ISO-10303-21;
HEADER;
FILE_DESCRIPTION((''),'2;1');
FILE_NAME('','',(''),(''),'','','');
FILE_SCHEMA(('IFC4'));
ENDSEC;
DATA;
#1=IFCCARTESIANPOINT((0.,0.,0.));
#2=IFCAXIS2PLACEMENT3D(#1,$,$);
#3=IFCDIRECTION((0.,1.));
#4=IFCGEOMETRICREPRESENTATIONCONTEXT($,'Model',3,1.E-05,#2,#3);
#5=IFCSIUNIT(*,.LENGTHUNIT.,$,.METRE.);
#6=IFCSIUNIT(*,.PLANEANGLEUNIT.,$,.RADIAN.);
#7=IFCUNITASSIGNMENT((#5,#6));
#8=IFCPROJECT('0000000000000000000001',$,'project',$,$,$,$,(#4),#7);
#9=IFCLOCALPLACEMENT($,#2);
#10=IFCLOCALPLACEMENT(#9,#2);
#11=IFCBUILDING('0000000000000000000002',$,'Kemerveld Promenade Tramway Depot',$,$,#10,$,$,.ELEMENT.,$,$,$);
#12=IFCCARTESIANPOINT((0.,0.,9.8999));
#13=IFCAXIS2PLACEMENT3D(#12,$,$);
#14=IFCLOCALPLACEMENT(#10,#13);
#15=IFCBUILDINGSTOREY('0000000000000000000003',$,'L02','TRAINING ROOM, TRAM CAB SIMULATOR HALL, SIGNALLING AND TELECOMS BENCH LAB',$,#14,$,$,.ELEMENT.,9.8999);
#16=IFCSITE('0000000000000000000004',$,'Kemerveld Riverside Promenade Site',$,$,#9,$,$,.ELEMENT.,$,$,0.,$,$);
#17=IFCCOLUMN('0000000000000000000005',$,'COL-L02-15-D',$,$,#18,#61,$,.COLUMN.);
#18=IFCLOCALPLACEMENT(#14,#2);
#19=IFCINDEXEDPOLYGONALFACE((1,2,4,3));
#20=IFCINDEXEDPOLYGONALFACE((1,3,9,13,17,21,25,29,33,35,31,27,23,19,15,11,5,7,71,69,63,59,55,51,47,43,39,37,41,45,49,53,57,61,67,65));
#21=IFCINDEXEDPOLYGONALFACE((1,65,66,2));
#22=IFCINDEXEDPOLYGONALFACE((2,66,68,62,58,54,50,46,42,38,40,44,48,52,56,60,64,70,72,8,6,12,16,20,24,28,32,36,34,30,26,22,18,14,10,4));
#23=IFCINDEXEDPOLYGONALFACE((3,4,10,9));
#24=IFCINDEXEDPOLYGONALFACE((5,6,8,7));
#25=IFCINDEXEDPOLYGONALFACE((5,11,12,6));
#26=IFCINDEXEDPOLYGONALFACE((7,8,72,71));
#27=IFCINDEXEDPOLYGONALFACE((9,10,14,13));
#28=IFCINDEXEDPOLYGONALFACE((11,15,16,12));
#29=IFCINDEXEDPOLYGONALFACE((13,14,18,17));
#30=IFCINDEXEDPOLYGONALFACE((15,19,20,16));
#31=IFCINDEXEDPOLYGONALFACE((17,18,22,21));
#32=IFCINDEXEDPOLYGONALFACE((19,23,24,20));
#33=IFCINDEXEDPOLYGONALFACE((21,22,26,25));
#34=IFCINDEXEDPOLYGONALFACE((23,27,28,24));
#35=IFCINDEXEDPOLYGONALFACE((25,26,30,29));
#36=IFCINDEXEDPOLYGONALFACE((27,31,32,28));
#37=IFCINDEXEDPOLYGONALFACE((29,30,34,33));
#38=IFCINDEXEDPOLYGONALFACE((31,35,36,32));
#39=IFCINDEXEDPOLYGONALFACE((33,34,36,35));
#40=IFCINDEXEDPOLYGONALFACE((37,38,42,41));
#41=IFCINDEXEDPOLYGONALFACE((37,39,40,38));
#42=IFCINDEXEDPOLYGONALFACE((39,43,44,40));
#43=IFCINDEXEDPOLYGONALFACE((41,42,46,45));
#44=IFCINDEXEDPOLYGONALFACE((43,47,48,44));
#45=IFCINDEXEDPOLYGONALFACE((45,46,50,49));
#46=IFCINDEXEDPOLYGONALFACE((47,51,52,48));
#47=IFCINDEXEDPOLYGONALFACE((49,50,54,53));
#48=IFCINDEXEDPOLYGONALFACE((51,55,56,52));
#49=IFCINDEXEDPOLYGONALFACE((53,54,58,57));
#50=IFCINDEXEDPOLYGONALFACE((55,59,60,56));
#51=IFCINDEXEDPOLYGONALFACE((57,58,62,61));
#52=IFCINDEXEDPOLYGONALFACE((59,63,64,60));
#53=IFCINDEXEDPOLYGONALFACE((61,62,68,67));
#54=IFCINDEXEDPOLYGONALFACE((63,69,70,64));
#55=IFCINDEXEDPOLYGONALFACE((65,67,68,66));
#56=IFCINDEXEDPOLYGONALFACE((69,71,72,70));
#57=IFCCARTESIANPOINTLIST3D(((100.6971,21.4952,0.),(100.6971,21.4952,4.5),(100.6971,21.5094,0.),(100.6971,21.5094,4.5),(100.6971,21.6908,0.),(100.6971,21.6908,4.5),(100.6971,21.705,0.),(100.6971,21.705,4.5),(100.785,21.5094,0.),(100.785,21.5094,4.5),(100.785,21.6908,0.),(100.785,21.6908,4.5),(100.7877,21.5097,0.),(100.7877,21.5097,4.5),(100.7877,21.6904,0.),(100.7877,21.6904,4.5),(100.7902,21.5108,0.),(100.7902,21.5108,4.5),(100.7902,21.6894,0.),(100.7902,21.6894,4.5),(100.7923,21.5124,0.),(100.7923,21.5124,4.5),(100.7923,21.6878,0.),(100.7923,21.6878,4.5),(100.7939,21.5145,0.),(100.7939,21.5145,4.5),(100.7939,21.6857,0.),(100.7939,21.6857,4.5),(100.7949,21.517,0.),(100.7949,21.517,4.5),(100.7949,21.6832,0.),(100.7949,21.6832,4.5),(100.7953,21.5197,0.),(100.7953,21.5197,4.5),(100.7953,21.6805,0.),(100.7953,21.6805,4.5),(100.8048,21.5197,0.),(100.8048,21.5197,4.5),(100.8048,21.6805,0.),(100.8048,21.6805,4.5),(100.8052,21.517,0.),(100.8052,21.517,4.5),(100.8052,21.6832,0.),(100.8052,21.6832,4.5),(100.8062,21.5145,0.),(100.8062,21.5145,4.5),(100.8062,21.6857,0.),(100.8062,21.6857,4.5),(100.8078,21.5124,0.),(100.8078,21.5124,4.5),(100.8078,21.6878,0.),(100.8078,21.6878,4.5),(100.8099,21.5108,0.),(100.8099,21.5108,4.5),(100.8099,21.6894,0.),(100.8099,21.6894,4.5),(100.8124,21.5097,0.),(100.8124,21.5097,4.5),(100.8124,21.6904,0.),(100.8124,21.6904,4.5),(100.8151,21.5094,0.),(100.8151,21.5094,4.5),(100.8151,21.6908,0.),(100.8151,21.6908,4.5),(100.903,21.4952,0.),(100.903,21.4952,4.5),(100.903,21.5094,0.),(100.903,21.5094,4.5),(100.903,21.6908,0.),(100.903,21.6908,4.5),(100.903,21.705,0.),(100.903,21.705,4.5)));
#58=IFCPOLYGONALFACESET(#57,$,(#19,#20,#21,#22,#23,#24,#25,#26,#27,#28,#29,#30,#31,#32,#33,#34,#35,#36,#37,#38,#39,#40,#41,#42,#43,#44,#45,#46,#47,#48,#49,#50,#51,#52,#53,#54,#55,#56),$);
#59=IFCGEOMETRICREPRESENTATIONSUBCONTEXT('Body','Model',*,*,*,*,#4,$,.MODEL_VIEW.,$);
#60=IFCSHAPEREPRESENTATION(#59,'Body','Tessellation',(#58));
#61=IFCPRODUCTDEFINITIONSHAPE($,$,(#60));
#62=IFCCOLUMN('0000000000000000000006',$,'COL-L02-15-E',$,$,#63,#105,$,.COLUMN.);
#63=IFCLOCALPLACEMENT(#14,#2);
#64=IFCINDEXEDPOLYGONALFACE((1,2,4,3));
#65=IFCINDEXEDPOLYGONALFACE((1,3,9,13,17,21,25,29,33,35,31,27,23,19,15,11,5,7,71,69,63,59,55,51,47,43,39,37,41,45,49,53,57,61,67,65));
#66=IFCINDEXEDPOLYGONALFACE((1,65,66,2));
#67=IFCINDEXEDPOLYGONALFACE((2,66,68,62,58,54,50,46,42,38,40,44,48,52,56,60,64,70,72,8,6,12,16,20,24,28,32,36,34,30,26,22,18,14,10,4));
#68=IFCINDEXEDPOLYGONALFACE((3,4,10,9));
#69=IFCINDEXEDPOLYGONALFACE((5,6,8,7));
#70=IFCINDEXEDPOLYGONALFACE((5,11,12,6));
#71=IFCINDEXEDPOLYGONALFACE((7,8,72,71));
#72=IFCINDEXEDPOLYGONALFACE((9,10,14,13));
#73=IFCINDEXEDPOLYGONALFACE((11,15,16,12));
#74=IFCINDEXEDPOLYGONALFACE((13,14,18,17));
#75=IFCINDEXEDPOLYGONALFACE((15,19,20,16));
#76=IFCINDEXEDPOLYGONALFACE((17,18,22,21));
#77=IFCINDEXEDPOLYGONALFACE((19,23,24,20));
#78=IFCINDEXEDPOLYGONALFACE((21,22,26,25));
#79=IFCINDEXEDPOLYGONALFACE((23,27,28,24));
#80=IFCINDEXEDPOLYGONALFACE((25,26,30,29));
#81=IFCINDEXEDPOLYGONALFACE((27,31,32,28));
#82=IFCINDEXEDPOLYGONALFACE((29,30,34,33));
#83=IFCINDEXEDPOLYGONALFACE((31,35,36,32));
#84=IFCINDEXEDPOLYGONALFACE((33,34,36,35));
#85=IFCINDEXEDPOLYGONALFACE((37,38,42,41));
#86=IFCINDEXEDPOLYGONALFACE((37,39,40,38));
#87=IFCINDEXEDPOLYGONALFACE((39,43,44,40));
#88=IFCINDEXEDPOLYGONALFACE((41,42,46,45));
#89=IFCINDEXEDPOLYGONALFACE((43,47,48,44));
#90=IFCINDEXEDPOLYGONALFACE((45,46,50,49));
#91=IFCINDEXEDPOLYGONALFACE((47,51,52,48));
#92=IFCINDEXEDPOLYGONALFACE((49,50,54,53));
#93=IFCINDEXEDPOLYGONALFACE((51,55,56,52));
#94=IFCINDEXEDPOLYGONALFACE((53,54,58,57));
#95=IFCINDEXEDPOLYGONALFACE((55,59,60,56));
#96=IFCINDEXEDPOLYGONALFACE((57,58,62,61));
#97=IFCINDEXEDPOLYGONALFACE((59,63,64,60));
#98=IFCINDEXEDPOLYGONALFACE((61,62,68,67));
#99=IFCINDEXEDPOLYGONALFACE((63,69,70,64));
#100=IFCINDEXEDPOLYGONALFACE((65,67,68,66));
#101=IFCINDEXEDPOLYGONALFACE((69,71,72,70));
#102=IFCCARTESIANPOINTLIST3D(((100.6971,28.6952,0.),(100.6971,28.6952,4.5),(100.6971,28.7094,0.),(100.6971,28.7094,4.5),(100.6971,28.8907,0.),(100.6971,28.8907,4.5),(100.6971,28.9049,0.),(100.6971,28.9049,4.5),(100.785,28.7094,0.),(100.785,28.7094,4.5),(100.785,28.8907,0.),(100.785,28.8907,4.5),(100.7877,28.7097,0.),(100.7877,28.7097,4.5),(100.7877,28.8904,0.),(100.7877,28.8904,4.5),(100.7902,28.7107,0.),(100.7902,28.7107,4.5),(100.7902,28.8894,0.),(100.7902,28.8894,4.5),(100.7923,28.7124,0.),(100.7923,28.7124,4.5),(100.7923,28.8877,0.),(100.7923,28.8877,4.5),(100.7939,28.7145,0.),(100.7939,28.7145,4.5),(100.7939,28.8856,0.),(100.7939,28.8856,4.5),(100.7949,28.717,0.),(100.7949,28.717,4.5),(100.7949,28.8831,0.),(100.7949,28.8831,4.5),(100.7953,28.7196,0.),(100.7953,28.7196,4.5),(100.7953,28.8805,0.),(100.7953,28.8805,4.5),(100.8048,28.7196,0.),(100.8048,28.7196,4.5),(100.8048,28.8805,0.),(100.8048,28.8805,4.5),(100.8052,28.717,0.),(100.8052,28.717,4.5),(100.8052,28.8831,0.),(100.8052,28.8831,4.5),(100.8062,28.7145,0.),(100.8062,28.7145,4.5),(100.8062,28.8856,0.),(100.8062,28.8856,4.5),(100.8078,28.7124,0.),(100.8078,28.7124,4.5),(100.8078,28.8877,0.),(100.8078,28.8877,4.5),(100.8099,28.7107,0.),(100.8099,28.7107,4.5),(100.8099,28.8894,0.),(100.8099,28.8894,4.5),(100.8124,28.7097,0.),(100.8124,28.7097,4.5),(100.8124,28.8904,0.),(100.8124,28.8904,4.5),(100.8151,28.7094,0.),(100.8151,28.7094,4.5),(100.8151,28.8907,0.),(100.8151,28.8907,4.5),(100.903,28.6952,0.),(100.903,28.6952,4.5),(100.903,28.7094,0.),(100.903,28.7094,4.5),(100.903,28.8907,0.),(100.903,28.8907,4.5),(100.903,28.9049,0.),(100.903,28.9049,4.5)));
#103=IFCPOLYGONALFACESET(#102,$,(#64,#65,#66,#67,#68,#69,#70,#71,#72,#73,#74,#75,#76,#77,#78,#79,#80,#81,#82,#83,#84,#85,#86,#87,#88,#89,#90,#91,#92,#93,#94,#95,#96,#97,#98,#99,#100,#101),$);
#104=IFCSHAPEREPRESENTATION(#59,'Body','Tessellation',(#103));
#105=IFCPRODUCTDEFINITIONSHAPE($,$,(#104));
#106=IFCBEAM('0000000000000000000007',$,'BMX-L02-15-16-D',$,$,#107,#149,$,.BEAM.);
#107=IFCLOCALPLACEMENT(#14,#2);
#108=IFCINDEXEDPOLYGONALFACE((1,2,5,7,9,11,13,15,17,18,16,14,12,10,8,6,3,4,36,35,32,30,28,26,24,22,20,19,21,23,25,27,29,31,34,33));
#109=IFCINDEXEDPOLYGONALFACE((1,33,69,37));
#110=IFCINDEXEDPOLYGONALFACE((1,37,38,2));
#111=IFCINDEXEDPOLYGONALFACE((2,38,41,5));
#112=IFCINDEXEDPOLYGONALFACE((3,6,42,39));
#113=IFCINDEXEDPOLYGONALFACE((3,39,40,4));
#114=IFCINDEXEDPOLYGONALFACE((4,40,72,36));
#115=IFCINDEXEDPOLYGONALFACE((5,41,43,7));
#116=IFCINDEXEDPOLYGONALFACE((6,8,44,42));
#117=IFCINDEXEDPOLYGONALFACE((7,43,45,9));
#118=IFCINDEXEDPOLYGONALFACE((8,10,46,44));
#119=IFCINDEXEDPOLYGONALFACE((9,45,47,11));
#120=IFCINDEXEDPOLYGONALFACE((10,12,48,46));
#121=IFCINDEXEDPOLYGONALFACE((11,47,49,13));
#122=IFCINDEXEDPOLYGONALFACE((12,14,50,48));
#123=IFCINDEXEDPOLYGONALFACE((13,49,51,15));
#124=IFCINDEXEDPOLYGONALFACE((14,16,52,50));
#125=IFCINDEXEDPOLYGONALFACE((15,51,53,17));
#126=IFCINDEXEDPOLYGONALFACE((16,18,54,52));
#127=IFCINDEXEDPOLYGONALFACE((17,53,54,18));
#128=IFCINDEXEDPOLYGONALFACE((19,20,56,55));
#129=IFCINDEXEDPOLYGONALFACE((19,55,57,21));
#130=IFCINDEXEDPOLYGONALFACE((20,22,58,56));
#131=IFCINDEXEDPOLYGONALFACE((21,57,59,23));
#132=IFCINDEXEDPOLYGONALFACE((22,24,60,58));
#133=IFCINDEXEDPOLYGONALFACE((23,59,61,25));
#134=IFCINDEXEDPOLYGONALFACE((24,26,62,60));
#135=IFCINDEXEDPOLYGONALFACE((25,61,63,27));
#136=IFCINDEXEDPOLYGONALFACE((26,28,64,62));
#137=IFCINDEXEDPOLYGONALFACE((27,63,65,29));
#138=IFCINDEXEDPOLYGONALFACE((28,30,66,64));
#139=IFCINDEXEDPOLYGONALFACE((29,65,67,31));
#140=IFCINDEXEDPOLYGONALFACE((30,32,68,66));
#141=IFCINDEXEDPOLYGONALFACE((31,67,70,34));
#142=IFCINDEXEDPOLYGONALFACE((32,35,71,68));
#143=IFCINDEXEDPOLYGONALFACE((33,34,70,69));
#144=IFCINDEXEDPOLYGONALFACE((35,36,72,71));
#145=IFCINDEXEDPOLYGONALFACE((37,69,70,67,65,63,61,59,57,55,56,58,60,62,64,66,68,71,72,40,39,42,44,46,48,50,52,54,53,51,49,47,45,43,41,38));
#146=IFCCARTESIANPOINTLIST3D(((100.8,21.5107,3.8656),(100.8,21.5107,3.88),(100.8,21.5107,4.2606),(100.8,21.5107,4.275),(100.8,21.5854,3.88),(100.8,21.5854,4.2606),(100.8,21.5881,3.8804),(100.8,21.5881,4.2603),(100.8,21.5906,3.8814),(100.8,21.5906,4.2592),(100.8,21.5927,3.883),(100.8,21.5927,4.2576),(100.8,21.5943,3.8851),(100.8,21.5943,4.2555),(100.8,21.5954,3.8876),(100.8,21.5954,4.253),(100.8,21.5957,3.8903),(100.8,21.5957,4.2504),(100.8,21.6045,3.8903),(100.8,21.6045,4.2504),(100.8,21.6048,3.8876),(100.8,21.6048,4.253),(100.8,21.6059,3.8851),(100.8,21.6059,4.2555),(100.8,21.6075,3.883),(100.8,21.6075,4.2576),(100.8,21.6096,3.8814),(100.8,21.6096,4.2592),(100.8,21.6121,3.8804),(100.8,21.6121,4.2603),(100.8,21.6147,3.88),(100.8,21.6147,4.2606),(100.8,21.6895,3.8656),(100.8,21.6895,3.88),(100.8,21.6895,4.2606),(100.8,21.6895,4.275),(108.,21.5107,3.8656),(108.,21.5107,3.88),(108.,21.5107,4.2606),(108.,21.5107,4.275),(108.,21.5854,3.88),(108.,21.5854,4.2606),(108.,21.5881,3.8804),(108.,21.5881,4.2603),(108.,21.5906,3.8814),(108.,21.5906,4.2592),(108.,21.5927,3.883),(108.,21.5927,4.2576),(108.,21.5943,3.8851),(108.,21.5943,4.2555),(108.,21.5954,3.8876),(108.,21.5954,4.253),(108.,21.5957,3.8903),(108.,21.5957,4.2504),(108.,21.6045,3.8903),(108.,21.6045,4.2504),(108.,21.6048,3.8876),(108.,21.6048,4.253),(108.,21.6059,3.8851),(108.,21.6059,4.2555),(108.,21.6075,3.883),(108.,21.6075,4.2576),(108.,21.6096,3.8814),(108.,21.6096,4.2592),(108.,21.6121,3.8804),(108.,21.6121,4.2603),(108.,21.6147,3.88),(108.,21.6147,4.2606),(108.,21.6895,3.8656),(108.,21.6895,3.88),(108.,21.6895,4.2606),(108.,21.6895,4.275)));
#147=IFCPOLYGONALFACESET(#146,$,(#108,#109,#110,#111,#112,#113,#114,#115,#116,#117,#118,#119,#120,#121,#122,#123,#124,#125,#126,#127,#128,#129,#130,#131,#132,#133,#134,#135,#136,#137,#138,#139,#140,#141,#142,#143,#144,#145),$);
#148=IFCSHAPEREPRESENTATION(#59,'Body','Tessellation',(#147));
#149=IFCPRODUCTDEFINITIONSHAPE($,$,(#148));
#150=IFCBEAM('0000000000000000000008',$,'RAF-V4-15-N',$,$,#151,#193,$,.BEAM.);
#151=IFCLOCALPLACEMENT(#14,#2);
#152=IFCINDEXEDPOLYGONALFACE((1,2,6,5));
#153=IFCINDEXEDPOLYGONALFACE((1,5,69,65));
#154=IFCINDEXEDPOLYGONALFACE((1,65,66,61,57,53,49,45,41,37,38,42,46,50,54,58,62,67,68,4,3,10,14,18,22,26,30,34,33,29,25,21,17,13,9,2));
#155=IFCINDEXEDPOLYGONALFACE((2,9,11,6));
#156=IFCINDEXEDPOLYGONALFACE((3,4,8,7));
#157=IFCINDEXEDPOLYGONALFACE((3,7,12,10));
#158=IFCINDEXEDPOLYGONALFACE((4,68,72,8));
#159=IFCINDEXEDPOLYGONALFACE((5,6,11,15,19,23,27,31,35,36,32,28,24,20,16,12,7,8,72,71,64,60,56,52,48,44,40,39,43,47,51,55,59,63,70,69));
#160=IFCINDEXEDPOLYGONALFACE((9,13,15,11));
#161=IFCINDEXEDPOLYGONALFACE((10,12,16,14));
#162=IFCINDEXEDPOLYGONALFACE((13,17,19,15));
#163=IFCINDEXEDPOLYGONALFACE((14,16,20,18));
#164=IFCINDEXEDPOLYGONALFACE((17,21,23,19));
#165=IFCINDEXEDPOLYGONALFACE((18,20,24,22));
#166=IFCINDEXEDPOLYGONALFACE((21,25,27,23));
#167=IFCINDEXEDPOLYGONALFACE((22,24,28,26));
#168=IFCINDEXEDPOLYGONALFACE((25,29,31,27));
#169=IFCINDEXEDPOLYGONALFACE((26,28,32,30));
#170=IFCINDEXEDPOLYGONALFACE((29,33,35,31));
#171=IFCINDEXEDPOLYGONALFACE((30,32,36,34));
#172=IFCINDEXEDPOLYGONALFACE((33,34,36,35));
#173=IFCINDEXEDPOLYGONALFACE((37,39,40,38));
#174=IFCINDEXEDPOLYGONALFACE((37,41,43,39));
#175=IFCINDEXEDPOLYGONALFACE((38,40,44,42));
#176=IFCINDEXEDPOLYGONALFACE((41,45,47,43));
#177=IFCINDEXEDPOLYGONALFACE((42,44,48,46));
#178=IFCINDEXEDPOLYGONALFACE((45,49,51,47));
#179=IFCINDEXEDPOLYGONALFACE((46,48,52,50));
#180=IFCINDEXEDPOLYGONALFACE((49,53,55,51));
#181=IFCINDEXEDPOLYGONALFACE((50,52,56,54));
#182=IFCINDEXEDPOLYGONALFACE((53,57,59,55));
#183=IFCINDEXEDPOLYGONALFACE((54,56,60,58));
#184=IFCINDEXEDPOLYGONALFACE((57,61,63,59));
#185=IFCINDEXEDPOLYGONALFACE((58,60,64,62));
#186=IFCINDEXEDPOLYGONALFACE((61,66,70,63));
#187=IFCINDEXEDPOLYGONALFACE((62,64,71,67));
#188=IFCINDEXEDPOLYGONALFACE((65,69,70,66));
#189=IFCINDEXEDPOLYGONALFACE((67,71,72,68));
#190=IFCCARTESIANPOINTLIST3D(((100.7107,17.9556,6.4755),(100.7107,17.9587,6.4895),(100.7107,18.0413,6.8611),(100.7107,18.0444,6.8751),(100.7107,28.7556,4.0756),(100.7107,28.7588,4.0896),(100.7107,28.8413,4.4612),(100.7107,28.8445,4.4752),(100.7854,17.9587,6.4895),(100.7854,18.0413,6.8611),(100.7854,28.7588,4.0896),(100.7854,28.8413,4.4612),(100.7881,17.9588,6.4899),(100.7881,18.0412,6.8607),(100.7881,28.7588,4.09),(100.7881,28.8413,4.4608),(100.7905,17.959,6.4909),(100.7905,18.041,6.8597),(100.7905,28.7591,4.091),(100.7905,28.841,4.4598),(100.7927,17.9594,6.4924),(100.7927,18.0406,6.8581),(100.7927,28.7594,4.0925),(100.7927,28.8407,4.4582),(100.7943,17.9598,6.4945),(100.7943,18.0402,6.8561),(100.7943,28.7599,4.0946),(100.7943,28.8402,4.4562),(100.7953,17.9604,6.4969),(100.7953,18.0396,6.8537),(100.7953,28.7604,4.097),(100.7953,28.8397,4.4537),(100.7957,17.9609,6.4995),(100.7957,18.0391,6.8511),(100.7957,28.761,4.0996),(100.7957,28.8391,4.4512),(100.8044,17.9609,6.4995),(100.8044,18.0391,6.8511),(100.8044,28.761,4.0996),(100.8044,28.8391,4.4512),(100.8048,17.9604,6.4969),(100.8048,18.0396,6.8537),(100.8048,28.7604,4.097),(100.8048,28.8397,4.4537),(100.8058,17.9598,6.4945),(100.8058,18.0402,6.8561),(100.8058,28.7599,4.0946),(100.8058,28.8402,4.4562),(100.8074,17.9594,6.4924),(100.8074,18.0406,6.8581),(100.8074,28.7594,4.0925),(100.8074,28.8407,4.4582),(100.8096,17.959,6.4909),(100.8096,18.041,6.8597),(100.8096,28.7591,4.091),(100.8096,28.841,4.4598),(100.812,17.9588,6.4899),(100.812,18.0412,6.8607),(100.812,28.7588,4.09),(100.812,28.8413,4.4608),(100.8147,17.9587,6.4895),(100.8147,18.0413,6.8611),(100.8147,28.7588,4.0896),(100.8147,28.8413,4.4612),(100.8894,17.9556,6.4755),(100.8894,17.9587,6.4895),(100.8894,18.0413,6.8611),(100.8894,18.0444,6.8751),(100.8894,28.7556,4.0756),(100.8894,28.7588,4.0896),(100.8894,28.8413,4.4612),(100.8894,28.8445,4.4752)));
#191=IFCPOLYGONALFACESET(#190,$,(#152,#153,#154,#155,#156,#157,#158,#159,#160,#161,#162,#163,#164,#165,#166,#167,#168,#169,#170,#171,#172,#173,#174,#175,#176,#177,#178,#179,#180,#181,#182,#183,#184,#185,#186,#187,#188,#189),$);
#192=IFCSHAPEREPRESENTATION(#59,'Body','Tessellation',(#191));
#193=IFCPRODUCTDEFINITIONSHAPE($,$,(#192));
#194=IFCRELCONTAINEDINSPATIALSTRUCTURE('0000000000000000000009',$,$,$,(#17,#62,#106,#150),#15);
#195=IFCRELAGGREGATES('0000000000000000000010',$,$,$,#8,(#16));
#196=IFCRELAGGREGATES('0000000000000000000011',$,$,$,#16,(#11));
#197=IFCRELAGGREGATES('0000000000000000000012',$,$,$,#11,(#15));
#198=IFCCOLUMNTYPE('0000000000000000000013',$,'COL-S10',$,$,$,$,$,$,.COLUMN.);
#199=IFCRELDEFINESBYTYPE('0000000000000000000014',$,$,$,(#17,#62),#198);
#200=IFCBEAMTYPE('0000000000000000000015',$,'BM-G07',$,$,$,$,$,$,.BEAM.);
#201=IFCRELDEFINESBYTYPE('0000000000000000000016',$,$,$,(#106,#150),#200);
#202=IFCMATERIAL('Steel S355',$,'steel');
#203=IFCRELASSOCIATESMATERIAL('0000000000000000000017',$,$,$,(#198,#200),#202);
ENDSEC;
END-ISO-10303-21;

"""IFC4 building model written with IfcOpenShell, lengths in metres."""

from ifc_helpers import new_model, si_unit, direction, frame, origin, origin_2d, place, context, subcontext, project, spatial, i_section, extrude, material, material_profile, profile_set, type_object, element, save


model = new_model("IFC4")

# Units and contexts
model_context = context("Model", 3, precision=1e-05, world=origin(), true_north=direction((0.0, 1.0)))
body_context = subcontext(model_context, "Body", "Model", "MODEL_VIEW")
ifc_project = project(units=[si_unit("LENGTHUNIT", "METRE"), si_unit("PLANEANGLEUNIT", "RADIAN")], contexts=[model_context])

# Site, building, storey
site_placement = place(None, origin())
site = spatial("IfcSite", under=ifc_project, at=site_placement, Name="Kemerveld Riverside Promenade Site", CompositionType="ELEMENT", RefElevation=0.0)
building_placement = place(site_placement, origin())
building = spatial("IfcBuilding", under=site, at=building_placement, Name="Kemerveld Promenade Tramway Depot", CompositionType="ELEMENT")
storey_placement = place(building_placement, frame((0.0, 0.0, 9.8999)))
storey = spatial("IfcBuildingStorey", under=building, at=storey_placement, Name="L02", Description="TRAINING ROOM, TRAM CAB SIMULATOR HALL, SIGNALLING AND TELECOMS BENCH LAB", CompositionType="ELEMENT", Elevation=9.8999)

# Columns
ifc_material_1 = material(Name="Steel S355", Category="steel")
ifc_material_profile_1 = material_profile(ifc_material_1, i_section(OverallWidth=0.2058, OverallDepth=0.2097, WebThickness=0.0095, FlangeThickness=0.0142, FilletRadius=0.0103, at=origin_2d()), Name="203x203x60 UC")
ifc_profile_set_1 = profile_set([ifc_material_profile_1], Name="Steel S355")
column_type = type_object("IfcColumnType", Name="COL-S10", PredefinedType="COLUMN", material=ifc_profile_set_1)
for number, where, z_axis, x_axis, name in (
    (1, (100.8, 21.6001, 0.0), (0.0, 0.0, 1.0), (1.0, 0.0, 0.0), "COL-L02-15-D"),
    (2, (100.8, 28.8, 0.0), (0.0, 0.0, 1.0), (1.0, 0.0, 0.0), "COL-L02-15-E"),
):
    element("IfcColumn", number, at=place(storey_placement, frame(where, z_axis=z_axis, x_axis=x_axis)), inside=storey, type_object=column_type, Name=name, PredefinedType="COLUMN", context=body_context, shape_type="SweptSolid", body=[
        extrude(i_section(OverallWidth=0.2058, OverallDepth=0.2097, WebThickness=0.0095, FlangeThickness=0.0142, FilletRadius=0.0103, at=origin_2d()), origin(), (0.0, 0.0, 1.0), 4.5),
    ])

# Beams
ifc_material_profile_2 = material_profile(ifc_material_1, i_section(OverallWidth=0.1787, OverallDepth=0.4094, WebThickness=0.0088, FlangeThickness=0.0144, FilletRadius=0.0103, at=origin_2d()), Name="406x178x67 UB")
ifc_profile_set_2 = profile_set([ifc_material_profile_2], Name="Steel S355")
beam_type_1 = type_object("IfcBeamType", Name="BM-G07", PredefinedType="BEAM", material=ifc_profile_set_2)
beam_1_placement = place(storey_placement, frame((100.8, 21.6001, 4.0703), z_axis=(1.0, 0.0, 0.0), x_axis=(0.0, 1.0, 0.0)))
element("IfcBeam", 3, at=beam_1_placement, inside=storey, type_object=beam_type_1, Name="BMX-L02-15-16-D", PredefinedType="BEAM", context=body_context, shape_type="SweptSolid", body=[
    extrude(i_section(OverallWidth=0.1787, OverallDepth=0.4094, WebThickness=0.0088, FlangeThickness=0.0144, FilletRadius=0.0103, at=origin_2d()), origin(), (0.0, 0.0, 1.0), 7.2),
])
beam_2_placement = place(storey_placement, frame((100.8, 18.0, 6.6753), z_axis=(0.0, 0.976189, -0.216921), x_axis=(-1.0, 0.0, 0.0)))
element("IfcBeam", 4, at=beam_2_placement, inside=storey, type_object=beam_type_1, Name="RAF-V4-15-N", PredefinedType="BEAM", context=body_context, shape_type="SweptSolid", body=[
    extrude(i_section(OverallWidth=0.1787, OverallDepth=0.4094, WebThickness=0.0088, FlangeThickness=0.0144, FilletRadius=0.0103, at=origin_2d()), origin(), (0.0, 0.0, 1.0), 11.0635),
])

save(model, "model.ifc")
